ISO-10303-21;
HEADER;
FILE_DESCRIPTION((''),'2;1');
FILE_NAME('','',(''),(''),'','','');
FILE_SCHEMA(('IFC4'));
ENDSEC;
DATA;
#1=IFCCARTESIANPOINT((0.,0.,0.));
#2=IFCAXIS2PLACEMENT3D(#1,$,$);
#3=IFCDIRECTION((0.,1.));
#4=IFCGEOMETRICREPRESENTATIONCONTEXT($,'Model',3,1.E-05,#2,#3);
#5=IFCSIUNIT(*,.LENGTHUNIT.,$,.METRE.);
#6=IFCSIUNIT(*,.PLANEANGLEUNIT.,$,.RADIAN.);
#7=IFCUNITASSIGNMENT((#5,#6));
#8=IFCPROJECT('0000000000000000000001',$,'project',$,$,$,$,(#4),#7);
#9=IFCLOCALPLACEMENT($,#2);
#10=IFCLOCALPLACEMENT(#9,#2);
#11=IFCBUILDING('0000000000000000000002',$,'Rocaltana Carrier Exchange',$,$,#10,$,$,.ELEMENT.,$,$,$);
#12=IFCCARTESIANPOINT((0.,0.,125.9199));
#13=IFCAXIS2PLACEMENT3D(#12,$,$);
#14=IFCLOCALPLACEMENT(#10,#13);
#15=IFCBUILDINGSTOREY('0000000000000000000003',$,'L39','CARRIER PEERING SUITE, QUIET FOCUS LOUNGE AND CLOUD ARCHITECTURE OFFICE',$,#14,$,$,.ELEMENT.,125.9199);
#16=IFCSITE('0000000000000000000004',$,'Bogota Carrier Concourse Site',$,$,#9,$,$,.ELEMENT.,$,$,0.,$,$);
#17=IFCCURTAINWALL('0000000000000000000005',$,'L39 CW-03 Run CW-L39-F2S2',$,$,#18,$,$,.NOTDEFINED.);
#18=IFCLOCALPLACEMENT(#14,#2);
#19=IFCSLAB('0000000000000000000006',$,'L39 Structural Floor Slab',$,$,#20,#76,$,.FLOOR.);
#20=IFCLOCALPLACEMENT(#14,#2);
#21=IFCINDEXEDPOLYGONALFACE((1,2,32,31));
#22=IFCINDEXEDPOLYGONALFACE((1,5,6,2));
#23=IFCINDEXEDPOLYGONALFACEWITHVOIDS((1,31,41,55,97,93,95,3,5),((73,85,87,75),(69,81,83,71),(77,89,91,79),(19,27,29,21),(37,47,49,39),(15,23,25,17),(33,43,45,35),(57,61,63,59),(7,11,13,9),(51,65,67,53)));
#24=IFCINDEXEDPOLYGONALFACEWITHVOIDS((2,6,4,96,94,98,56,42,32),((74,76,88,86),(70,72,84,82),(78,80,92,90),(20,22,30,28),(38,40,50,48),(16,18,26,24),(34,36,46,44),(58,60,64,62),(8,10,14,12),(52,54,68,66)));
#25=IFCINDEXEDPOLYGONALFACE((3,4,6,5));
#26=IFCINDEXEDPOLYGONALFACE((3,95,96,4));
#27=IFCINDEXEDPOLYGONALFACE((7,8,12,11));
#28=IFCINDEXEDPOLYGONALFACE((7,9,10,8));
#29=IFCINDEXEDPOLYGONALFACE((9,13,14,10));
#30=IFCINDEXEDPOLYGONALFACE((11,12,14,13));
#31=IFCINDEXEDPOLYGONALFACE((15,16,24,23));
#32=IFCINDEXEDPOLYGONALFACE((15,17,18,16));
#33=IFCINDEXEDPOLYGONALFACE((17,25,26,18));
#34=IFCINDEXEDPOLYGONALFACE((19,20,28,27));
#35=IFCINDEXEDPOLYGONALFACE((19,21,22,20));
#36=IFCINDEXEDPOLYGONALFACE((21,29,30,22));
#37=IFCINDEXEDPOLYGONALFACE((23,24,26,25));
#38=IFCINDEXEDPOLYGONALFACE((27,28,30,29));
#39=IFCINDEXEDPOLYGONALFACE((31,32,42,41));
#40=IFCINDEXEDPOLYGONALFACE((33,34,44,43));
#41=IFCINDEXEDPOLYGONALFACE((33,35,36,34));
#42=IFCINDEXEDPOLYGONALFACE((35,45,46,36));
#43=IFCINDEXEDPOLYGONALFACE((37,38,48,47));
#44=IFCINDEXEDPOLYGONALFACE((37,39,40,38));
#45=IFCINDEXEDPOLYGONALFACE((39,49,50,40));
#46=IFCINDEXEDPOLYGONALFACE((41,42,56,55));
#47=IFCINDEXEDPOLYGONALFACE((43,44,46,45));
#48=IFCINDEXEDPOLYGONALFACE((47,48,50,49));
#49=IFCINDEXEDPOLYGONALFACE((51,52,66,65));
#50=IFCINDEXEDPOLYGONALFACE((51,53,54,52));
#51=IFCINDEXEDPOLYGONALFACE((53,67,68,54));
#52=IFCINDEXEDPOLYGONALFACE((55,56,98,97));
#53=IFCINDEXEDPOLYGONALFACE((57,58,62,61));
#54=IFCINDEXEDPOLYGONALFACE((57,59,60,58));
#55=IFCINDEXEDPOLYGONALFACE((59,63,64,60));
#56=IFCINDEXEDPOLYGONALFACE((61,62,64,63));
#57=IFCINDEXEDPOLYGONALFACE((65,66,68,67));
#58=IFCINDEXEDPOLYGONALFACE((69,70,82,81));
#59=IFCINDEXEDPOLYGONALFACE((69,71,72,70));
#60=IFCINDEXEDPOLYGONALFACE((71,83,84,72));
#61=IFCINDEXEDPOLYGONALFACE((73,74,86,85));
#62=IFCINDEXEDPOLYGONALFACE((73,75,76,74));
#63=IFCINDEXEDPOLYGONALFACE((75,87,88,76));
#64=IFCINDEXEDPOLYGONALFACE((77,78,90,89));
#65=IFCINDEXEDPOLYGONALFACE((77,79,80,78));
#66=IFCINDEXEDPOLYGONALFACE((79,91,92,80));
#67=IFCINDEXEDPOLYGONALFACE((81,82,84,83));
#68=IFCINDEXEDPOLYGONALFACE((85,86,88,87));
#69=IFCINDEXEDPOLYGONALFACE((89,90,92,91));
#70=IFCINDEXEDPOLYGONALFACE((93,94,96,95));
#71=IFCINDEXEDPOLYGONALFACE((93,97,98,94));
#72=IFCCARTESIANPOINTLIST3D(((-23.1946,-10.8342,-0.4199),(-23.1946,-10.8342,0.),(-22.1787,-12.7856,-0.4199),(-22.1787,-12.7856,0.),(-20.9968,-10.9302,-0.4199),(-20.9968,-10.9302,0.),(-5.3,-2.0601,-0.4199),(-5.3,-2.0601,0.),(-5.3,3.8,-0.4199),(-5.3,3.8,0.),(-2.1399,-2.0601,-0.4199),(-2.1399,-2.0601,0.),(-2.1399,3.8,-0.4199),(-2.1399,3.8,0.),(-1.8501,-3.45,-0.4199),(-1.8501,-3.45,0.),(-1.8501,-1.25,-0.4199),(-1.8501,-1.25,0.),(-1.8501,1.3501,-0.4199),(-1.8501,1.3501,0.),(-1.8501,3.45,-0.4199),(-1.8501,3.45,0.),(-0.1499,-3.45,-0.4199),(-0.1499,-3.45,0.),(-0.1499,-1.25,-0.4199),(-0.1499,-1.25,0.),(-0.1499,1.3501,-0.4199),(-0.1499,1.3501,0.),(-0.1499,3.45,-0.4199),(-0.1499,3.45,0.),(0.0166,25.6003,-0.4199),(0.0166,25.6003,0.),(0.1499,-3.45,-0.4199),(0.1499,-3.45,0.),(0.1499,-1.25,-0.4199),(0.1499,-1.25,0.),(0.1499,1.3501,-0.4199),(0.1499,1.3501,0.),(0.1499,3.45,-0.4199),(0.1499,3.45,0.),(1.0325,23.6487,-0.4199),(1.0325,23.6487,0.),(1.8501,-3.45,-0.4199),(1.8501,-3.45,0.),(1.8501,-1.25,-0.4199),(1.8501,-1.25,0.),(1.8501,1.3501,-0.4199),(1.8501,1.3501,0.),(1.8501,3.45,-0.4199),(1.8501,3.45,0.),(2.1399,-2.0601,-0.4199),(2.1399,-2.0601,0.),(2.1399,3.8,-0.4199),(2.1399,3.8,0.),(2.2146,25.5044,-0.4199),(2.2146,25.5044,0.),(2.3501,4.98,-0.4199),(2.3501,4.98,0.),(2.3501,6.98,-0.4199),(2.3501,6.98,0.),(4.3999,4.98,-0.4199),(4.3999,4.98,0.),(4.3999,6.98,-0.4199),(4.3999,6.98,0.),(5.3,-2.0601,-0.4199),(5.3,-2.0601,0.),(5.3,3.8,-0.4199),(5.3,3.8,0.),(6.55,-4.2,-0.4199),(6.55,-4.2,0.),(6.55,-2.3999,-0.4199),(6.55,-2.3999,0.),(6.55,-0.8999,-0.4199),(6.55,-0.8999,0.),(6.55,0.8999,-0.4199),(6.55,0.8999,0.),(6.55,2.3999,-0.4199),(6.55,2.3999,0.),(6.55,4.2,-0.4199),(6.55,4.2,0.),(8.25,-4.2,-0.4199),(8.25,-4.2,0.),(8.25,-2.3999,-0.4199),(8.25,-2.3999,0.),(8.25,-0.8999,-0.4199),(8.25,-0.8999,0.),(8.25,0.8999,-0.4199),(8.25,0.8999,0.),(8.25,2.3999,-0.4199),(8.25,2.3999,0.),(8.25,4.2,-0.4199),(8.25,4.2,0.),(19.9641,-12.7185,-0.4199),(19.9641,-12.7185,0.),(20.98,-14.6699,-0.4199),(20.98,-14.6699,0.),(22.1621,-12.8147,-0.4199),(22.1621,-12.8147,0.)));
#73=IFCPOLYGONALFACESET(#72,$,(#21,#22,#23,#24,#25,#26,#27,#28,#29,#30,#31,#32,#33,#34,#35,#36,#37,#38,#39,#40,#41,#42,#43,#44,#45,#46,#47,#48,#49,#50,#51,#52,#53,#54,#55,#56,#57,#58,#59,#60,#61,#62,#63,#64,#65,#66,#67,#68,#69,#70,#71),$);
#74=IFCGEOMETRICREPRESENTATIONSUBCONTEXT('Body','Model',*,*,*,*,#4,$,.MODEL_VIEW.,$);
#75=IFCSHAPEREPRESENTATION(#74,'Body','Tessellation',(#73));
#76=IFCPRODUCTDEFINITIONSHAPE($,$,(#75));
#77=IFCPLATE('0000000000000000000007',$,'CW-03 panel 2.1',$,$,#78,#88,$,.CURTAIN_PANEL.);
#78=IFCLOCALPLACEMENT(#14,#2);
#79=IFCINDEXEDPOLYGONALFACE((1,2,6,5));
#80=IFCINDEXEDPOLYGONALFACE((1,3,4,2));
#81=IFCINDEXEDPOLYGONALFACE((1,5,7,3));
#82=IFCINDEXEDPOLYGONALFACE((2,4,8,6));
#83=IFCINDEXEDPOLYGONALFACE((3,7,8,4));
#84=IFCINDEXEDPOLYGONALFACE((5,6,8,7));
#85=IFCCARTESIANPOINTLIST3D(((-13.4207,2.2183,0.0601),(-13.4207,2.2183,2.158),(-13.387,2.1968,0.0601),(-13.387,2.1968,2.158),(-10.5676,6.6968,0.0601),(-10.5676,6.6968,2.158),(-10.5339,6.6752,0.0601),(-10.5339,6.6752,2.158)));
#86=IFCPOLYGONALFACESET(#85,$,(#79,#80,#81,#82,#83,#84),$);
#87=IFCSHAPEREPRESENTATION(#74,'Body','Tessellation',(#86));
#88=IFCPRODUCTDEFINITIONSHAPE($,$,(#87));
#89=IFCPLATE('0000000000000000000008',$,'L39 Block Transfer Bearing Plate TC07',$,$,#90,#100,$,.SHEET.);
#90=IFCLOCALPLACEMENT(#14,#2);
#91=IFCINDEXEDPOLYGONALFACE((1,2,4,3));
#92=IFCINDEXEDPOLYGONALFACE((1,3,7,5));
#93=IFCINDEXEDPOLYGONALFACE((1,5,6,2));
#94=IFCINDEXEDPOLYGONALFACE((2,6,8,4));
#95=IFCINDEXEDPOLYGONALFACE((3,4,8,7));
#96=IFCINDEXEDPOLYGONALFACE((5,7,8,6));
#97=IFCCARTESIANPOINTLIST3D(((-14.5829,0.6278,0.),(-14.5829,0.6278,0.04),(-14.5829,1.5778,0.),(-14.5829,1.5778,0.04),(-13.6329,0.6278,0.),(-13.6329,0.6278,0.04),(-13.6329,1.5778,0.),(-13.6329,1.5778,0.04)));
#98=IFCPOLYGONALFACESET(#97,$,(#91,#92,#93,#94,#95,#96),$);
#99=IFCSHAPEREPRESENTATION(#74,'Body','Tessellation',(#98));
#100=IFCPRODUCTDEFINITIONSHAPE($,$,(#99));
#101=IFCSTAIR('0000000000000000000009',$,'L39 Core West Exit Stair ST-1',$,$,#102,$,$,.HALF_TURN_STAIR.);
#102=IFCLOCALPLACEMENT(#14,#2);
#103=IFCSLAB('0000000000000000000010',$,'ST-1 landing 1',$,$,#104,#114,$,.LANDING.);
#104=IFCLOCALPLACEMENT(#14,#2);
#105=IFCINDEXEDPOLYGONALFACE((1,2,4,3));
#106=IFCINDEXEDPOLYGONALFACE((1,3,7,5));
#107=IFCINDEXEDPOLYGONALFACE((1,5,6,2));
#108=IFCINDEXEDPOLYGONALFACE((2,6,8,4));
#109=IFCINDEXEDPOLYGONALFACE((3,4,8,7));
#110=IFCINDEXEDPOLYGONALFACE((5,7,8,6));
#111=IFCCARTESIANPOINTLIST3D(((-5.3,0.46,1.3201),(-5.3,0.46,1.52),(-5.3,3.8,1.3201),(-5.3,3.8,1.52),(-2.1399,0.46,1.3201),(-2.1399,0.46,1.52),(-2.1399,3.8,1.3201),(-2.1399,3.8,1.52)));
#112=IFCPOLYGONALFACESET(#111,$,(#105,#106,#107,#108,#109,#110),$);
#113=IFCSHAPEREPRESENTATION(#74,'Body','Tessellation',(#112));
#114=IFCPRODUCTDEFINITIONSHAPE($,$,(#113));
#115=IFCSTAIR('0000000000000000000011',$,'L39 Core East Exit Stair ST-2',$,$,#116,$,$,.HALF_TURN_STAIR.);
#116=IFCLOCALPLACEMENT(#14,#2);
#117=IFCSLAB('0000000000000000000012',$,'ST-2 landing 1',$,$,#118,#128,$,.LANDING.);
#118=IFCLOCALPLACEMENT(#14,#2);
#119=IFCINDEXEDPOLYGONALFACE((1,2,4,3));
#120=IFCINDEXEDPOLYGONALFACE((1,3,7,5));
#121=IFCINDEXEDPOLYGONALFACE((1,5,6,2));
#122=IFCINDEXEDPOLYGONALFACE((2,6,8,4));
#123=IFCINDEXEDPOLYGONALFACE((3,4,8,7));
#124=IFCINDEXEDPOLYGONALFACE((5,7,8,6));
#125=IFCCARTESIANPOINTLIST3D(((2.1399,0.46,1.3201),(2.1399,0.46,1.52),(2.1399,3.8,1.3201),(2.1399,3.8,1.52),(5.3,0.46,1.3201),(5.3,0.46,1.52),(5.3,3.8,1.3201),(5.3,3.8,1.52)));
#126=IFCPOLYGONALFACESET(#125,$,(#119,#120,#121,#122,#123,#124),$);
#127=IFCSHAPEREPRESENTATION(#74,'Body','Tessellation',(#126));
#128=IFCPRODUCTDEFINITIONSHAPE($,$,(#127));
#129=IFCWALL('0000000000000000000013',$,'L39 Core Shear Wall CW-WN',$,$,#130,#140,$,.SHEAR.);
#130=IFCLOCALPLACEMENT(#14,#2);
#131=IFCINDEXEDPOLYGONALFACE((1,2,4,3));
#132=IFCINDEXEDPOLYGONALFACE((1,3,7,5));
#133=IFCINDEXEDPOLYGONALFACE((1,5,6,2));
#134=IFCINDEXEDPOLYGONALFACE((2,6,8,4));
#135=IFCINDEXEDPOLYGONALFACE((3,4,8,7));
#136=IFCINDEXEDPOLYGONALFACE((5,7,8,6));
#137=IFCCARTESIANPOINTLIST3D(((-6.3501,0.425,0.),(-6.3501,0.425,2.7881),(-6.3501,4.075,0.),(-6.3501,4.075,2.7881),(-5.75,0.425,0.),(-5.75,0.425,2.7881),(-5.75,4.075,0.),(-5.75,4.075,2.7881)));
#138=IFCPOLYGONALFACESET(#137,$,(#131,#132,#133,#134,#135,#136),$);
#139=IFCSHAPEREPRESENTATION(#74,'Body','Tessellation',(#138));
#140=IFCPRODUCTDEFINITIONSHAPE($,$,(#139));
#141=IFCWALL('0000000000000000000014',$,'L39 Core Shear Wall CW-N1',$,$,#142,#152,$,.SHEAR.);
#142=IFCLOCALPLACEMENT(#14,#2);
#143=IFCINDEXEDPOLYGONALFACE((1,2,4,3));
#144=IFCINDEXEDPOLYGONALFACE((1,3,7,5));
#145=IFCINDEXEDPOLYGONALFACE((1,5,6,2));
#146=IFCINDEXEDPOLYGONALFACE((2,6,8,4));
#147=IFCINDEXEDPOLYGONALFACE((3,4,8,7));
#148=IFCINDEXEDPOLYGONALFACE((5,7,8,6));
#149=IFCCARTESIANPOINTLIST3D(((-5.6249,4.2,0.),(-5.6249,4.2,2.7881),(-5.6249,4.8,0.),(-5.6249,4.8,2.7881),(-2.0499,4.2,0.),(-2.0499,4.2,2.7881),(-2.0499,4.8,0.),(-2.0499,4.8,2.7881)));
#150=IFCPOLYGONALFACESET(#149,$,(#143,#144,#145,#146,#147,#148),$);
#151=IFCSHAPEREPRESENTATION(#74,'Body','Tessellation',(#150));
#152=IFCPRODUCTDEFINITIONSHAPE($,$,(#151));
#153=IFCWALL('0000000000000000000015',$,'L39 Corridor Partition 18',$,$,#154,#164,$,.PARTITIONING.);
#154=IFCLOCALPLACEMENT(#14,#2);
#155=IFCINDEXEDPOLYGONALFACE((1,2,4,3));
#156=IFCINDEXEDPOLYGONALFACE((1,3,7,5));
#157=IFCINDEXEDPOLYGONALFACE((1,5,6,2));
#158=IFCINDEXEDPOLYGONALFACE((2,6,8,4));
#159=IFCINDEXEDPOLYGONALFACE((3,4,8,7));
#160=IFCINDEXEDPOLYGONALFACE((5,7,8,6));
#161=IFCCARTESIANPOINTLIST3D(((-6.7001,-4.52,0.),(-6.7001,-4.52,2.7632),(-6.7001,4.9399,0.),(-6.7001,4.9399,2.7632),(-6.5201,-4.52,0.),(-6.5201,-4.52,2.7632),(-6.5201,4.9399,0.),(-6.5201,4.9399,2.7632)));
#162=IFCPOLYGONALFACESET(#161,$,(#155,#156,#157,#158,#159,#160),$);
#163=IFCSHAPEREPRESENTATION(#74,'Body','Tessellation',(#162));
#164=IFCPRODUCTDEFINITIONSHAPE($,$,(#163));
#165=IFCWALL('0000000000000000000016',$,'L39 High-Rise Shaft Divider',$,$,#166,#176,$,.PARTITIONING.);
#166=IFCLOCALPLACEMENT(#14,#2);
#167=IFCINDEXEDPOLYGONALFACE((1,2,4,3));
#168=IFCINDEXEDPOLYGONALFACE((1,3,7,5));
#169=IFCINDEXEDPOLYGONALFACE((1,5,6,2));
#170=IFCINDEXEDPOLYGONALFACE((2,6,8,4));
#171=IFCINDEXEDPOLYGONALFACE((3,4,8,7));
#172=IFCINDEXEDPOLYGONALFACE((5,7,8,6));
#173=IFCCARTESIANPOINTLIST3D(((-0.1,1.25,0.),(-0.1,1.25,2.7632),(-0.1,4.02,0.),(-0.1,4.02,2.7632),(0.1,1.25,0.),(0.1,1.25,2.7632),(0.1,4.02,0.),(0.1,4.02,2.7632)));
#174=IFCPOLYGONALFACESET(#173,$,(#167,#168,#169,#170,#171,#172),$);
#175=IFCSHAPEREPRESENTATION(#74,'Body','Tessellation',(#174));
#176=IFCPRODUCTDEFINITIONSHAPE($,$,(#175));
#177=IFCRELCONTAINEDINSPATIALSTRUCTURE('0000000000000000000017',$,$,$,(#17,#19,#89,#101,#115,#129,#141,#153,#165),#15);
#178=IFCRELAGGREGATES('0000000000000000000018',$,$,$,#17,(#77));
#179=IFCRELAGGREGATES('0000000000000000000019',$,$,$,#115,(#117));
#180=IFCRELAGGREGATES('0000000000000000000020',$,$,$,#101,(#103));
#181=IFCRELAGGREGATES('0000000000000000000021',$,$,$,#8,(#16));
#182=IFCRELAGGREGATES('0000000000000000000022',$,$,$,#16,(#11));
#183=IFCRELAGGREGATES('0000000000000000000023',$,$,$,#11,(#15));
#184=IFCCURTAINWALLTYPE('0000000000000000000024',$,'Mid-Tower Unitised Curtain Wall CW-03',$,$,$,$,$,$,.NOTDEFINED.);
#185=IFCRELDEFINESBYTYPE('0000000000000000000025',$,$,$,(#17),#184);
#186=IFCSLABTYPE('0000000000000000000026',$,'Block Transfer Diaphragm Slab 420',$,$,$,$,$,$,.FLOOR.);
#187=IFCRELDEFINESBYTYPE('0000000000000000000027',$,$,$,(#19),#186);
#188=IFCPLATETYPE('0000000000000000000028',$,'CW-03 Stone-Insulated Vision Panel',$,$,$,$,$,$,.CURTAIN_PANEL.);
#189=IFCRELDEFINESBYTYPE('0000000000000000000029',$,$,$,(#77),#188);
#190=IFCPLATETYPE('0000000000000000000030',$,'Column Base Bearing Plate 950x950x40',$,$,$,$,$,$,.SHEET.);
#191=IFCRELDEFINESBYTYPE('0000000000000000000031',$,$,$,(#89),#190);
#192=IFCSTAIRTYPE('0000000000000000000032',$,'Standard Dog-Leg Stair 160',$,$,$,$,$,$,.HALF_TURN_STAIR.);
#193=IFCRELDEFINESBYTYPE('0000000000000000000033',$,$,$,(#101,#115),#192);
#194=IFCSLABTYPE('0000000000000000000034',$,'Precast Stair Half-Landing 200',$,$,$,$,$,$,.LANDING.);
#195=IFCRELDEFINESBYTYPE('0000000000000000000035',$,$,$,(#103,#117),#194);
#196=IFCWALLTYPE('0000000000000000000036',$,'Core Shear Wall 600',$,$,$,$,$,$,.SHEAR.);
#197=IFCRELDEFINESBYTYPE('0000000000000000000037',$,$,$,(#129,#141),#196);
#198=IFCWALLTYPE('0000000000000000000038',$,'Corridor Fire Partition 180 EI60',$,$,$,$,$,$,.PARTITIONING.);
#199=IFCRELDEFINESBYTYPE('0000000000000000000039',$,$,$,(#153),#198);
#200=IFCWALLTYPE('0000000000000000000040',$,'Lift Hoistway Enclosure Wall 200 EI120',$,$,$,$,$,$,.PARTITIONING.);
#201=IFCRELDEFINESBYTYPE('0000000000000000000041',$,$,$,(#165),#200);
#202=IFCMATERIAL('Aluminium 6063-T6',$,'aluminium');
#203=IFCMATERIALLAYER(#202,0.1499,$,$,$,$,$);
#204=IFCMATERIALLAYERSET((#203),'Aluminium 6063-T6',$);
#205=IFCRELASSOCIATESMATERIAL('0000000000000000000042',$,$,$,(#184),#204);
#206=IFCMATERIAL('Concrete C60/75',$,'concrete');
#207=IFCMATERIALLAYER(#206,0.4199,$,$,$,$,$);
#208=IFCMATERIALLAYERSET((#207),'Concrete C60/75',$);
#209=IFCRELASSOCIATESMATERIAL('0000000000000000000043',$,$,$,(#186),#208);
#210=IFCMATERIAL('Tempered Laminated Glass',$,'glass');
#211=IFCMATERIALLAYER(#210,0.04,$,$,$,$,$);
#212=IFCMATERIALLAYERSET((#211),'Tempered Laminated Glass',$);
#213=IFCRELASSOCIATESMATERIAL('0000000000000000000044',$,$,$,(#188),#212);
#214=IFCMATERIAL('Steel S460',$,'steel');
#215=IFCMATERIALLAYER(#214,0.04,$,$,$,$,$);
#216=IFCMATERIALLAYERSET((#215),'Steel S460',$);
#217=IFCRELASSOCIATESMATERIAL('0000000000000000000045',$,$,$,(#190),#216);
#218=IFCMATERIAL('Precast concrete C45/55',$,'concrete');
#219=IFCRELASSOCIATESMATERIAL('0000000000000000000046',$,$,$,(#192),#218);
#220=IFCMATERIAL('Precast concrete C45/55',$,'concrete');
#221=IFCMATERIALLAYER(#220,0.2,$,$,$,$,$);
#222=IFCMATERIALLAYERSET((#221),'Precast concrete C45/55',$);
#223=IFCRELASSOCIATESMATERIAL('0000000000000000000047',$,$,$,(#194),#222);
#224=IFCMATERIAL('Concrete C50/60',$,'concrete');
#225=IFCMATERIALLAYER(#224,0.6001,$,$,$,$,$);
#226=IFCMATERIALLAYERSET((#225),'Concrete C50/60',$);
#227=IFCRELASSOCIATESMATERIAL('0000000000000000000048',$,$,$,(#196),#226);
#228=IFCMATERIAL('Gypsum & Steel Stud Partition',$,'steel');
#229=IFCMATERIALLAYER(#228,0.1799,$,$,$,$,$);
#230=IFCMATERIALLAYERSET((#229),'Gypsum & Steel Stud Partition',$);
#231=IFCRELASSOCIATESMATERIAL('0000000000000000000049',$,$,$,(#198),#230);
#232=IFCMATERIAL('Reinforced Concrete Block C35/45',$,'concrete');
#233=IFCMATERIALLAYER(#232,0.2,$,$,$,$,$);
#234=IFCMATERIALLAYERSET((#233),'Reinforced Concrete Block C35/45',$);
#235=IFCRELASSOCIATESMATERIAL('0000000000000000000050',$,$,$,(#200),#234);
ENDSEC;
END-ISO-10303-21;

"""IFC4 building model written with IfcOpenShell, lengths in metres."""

from ifc_helpers import new_model, si_unit, direction, frame, frame_2d, origin, origin_2d, place, context, subcontext, project, spatial, polyline, rectangle, outline, extrude, material, layer, layer_set, type_object, element, aggregate, save


model = new_model("IFC4")

# Units and contexts
model_context = context("Model", 3, precision=1e-05, world=origin(), true_north=direction((0.0, 1.0)))
body_context = subcontext(model_context, "Body", "Model", "MODEL_VIEW")
ifc_project = project(units=[si_unit("LENGTHUNIT", "METRE"), si_unit("PLANEANGLEUNIT", "RADIAN")], contexts=[model_context])

# Site, building, storey
site_placement = place(None, origin())
site = spatial("IfcSite", under=ifc_project, at=site_placement, Name="Bogota Carrier Concourse Site", CompositionType="ELEMENT", RefElevation=0.0)
building_placement = place(site_placement, origin())
building = spatial("IfcBuilding", under=site, at=building_placement, Name="Rocaltana Carrier Exchange", CompositionType="ELEMENT")
storey_placement = place(building_placement, frame((0.0, 0.0, 125.9199)))
storey = spatial("IfcBuildingStorey", under=building, at=storey_placement, Name="L39", Description="CARRIER PEERING SUITE, QUIET FOCUS LOUNGE AND CLOUD ARCHITECTURE OFFICE", CompositionType="ELEMENT", Elevation=125.9199)

# Curtain wall
ifc_material_1 = material(Name="Aluminium 6063-T6", Category="aluminium")
ifc_layer_1 = layer(ifc_material_1, 0.1499)
ifc_layer_set_1 = layer_set([ifc_layer_1], Name="Aluminium 6063-T6")
curtain_wall_type = type_object("IfcCurtainWallType", Name="Mid-Tower Unitised Curtain Wall CW-03", PredefinedType="NOTDEFINED", material=ifc_layer_set_1)
curtain_wall_1_placement = place(storey_placement, origin())
curtain_wall_1 = element("IfcCurtainWall", 1, at=curtain_wall_1_placement, inside=storey, type_object=curtain_wall_type, Name="L39 CW-03 Run CW-L39-F2S2", PredefinedType="NOTDEFINED")

# Slab
ifc_material_2 = material(Name="Concrete C60/75", Category="concrete")
ifc_layer_2 = layer(ifc_material_2, 0.4199)
ifc_layer_set_2 = layer_set([ifc_layer_2], Name="Concrete C60/75")
slab_type_1 = type_object("IfcSlabType", Name="Block Transfer Diaphragm Slab 420", PredefinedType="FLOOR", material=ifc_layer_set_2)
slab_1_placement = place(storey_placement, frame((0.0, 0.0, -0.4199)))
element("IfcSlab", 2, at=slab_1_placement, inside=storey, type_object=slab_type_1, Name="L39 Structural Floor Slab", PredefinedType="FLOOR", context=body_context, shape_type="SweptSolid", body=[
    extrude(outline(polyline([(20.98, -14.6699), (19.9641, -12.7185), (22.1621, -12.8147), (2.2146, 25.5044), (1.0325, 23.6487), (0.0166, 25.6003), (-23.1946, -10.8342), (-20.9968, -10.9302), (-22.1787, -12.7856), (20.98, -14.6699)]), holes=[polyline([(-5.3, -2.0601), (-2.1399, -2.0601), (-2.1399, 3.8), (-5.3, 3.8), (-5.3, -2.0601)]), polyline([(2.1399, -2.0601), (5.3, -2.0601), (5.3, 3.8), (2.1399, 3.8), (2.1399, -2.0601)]), polyline([(-1.8501, -3.45), (-0.1499, -3.45), (-0.1499, -1.25), (-1.8501, -1.25), (-1.8501, -3.45)]), polyline([(0.1499, -3.45), (1.8501, -3.45), (1.8501, -1.25), (0.1499, -1.25), (0.1499, -3.45)]), polyline([(2.3501, 4.98), (4.3999, 4.98), (4.3999, 6.98), (2.3501, 6.98), (2.3501, 4.98)]), polyline([(-1.8501, 1.3501), (-0.1499, 1.3501), (-0.1499, 3.45), (-1.8501, 3.45), (-1.8501, 1.3501)]), polyline([(0.1499, 1.3501), (1.8501, 1.3501), (1.8501, 3.45), (0.1499, 3.45), (0.1499, 1.3501)]), polyline([(6.55, -4.2), (8.25, -4.2), (8.25, -2.3999), (6.55, -2.3999), (6.55, -4.2)]), polyline([(6.55, -0.8999), (8.25, -0.8999), (8.25, 0.8999), (6.55, 0.8999), (6.55, -0.8999)]), polyline([(6.55, 2.3999), (8.25, 2.3999), (8.25, 4.2), (6.55, 4.2), (6.55, 2.3999)])]), origin(), (0.0, 0.0, 1.0), 0.4199),
])

# Plates
ifc_material_3 = material(Name="Tempered Laminated Glass", Category="glass")
ifc_layer_3 = layer(ifc_material_3, 0.04)
ifc_layer_set_3 = layer_set([ifc_layer_3], Name="Tempered Laminated Glass")
plate_type_1 = type_object("IfcPlateType", Name="CW-03 Stone-Insulated Vision Panel", PredefinedType="CURTAIN_PANEL", material=ifc_layer_set_3)
plate_1_placement = place(storey_placement, frame((-11.9773, 4.4468, 0.0601), z_axis=(0.0, 0.0, 1.0), x_axis=(-0.537301, -0.843391, 0.0)))
plate_1 = element("IfcPlate", 3, at=plate_1_placement, type_object=plate_type_1, Name="CW-03 panel 2.1", PredefinedType="CURTAIN_PANEL", context=body_context, shape_type="SweptSolid", body=[
    extrude(rectangle(XDim=5.3101, YDim=0.04, at=origin_2d()), origin(), (0.0, 0.0, 1.0), 2.0979),
])
aggregate(curtain_wall_1, [plate_1])
ifc_material_4 = material(Name="Steel S460", Category="steel")
ifc_layer_4 = layer(ifc_material_4, 0.04)
ifc_layer_set_4 = layer_set([ifc_layer_4], Name="Steel S460")
plate_type_2 = type_object("IfcPlateType", Name="Column Base Bearing Plate 950x950x40", PredefinedType="SHEET", material=ifc_layer_set_4)
plate_2_placement = place(storey_placement, frame((-14.1079, 1.1028, 0.0), z_axis=(0.0, 0.0, 1.0), x_axis=(1.0, 0.0, 0.0)))
element("IfcPlate", 4, at=plate_2_placement, inside=storey, type_object=plate_type_2, Name="L39 Block Transfer Bearing Plate TC07", PredefinedType="SHEET", context=body_context, shape_type="SweptSolid", body=[
    extrude(rectangle(XDim=0.95, YDim=0.95, at=origin_2d()), origin(), (0.0, 0.0, 1.0), 0.04),
])

# Stairs, slabs
ifc_material_5 = material(Name="Precast concrete C45/55", Category="concrete")
stair_type = type_object("IfcStairType", Name="Standard Dog-Leg Stair 160", PredefinedType="HALF_TURN_STAIR", material=ifc_material_5)
stair_1_placement = place(storey_placement, origin())
stair_1 = element("IfcStair", 5, at=stair_1_placement, inside=storey, type_object=stair_type, Name="L39 Core West Exit Stair ST-1", PredefinedType="HALF_TURN_STAIR")
ifc_material_6 = material(Name="Precast concrete C45/55", Category="concrete")
ifc_layer_5 = layer(ifc_material_6, 0.2)
ifc_layer_set_5 = layer_set([ifc_layer_5], Name="Precast concrete C45/55")
slab_type_2 = type_object("IfcSlabType", Name="Precast Stair Half-Landing 200", PredefinedType="LANDING", material=ifc_layer_set_5)
slab_2_placement = place(storey_placement, frame((0.0, 0.0, 1.3201)))
slab_2 = element("IfcSlab", 6, at=slab_2_placement, type_object=slab_type_2, Name="ST-1 landing 1", PredefinedType="LANDING", context=body_context, shape_type="SweptSolid", body=[
    extrude(outline(polyline([(-2.1399, 0.46), (-2.1399, 3.8), (-5.3, 3.8), (-5.3, 0.46), (-2.1399, 0.46)])), origin(), (0.0, 0.0, 1.0), 0.2),
])
stair_2_placement = place(storey_placement, origin())
stair_2 = element("IfcStair", 7, at=stair_2_placement, inside=storey, type_object=stair_type, Name="L39 Core East Exit Stair ST-2", PredefinedType="HALF_TURN_STAIR")
slab_3_placement = place(storey_placement, frame((0.0, 0.0, 1.3201)))
slab_3 = element("IfcSlab", 8, at=slab_3_placement, type_object=slab_type_2, Name="ST-2 landing 1", PredefinedType="LANDING", context=body_context, shape_type="SweptSolid", body=[
    extrude(outline(polyline([(5.3, 0.46), (5.3, 3.8), (2.1399, 3.8), (2.1399, 0.46), (5.3, 0.46)])), origin(), (0.0, 0.0, 1.0), 0.2),
])
aggregate(stair_2, [slab_3])

# Walls
ifc_material_7 = material(Name="Concrete C50/60", Category="concrete")
ifc_layer_6 = layer(ifc_material_7, 0.6001)
ifc_layer_set_6 = layer_set([ifc_layer_6], Name="Concrete C50/60")
wall_type_1 = type_object("IfcWallType", Name="Core Shear Wall 600", PredefinedType="SHEAR", material=ifc_layer_set_6)
wall_1_placement = place(storey_placement, frame((-6.05, 0.425, 0.0), z_axis=(0.0, 0.0, 1.0), x_axis=(0.0, 1.0, 0.0)))
element("IfcWall", 9, at=wall_1_placement, inside=storey, type_object=wall_type_1, Name="L39 Core Shear Wall CW-WN", PredefinedType="SHEAR", context=body_context, shape_type="SweptSolid", body=[
    extrude(rectangle(XDim=3.6499, YDim=0.6001, at=frame_2d((1.825, 0.0))), origin(), (0.0, 0.0, 1.0), 2.7881),
])
wall_2_placement = place(storey_placement, frame((-5.625, 4.5, 0.0), z_axis=(0.0, 0.0, 1.0), x_axis=(1.0, 0.0, 0.0)))
element("IfcWall", 10, at=wall_2_placement, inside=storey, type_object=wall_type_1, Name="L39 Core Shear Wall CW-N1", PredefinedType="SHEAR", context=body_context, shape_type="SweptSolid", body=[
    extrude(rectangle(XDim=3.575, YDim=0.6001, at=frame_2d((1.7876, 0.0))), origin(), (0.0, 0.0, 1.0), 2.7881),
])
ifc_material_8 = material(Name="Gypsum & Steel Stud Partition", Category="steel")
ifc_layer_7 = layer(ifc_material_8, 0.1799)
ifc_layer_set_7 = layer_set([ifc_layer_7], Name="Gypsum & Steel Stud Partition")
wall_type_2 = type_object("IfcWallType", Name="Corridor Fire Partition 180 EI60", PredefinedType="PARTITIONING", material=ifc_layer_set_7)
wall_3_placement = place(storey_placement, frame((-6.6101, 4.9399, 0.0), z_axis=(0.0, 0.0, 1.0), x_axis=(0.0, -1.0, 0.0)))
element("IfcWall", 11, at=wall_3_placement, inside=storey, type_object=wall_type_2, Name="L39 Corridor Partition 18", PredefinedType="PARTITIONING", context=body_context, shape_type="SweptSolid", body=[
    extrude(rectangle(XDim=9.46, YDim=0.1799, at=frame_2d((4.73, 0.0))), origin(), (0.0, 0.0, 1.0), 2.7632),
])
ifc_material_9 = material(Name="Reinforced Concrete Block C35/45", Category="concrete")
ifc_layer_8 = layer(ifc_material_9, 0.2)
ifc_layer_set_8 = layer_set([ifc_layer_8], Name="Reinforced Concrete Block C35/45")
wall_type_3 = type_object("IfcWallType", Name="Lift Hoistway Enclosure Wall 200 EI120", PredefinedType="PARTITIONING", material=ifc_layer_set_8)
wall_4_placement = place(storey_placement, frame((0.0, 1.25, 0.0), z_axis=(0.0, 0.0, 1.0), x_axis=(0.0, 1.0, 0.0)))
element("IfcWall", 12, at=wall_4_placement, inside=storey, type_object=wall_type_3, Name="L39 High-Rise Shaft Divider", PredefinedType="PARTITIONING", context=body_context, shape_type="SweptSolid", body=[
    extrude(rectangle(XDim=2.77, YDim=0.2, at=frame_2d((1.385, 0.0))), origin(), (0.0, 0.0, 1.0), 2.7632),
])

aggregate(stair_1, [slab_2])

save(model, "model.ifc")
